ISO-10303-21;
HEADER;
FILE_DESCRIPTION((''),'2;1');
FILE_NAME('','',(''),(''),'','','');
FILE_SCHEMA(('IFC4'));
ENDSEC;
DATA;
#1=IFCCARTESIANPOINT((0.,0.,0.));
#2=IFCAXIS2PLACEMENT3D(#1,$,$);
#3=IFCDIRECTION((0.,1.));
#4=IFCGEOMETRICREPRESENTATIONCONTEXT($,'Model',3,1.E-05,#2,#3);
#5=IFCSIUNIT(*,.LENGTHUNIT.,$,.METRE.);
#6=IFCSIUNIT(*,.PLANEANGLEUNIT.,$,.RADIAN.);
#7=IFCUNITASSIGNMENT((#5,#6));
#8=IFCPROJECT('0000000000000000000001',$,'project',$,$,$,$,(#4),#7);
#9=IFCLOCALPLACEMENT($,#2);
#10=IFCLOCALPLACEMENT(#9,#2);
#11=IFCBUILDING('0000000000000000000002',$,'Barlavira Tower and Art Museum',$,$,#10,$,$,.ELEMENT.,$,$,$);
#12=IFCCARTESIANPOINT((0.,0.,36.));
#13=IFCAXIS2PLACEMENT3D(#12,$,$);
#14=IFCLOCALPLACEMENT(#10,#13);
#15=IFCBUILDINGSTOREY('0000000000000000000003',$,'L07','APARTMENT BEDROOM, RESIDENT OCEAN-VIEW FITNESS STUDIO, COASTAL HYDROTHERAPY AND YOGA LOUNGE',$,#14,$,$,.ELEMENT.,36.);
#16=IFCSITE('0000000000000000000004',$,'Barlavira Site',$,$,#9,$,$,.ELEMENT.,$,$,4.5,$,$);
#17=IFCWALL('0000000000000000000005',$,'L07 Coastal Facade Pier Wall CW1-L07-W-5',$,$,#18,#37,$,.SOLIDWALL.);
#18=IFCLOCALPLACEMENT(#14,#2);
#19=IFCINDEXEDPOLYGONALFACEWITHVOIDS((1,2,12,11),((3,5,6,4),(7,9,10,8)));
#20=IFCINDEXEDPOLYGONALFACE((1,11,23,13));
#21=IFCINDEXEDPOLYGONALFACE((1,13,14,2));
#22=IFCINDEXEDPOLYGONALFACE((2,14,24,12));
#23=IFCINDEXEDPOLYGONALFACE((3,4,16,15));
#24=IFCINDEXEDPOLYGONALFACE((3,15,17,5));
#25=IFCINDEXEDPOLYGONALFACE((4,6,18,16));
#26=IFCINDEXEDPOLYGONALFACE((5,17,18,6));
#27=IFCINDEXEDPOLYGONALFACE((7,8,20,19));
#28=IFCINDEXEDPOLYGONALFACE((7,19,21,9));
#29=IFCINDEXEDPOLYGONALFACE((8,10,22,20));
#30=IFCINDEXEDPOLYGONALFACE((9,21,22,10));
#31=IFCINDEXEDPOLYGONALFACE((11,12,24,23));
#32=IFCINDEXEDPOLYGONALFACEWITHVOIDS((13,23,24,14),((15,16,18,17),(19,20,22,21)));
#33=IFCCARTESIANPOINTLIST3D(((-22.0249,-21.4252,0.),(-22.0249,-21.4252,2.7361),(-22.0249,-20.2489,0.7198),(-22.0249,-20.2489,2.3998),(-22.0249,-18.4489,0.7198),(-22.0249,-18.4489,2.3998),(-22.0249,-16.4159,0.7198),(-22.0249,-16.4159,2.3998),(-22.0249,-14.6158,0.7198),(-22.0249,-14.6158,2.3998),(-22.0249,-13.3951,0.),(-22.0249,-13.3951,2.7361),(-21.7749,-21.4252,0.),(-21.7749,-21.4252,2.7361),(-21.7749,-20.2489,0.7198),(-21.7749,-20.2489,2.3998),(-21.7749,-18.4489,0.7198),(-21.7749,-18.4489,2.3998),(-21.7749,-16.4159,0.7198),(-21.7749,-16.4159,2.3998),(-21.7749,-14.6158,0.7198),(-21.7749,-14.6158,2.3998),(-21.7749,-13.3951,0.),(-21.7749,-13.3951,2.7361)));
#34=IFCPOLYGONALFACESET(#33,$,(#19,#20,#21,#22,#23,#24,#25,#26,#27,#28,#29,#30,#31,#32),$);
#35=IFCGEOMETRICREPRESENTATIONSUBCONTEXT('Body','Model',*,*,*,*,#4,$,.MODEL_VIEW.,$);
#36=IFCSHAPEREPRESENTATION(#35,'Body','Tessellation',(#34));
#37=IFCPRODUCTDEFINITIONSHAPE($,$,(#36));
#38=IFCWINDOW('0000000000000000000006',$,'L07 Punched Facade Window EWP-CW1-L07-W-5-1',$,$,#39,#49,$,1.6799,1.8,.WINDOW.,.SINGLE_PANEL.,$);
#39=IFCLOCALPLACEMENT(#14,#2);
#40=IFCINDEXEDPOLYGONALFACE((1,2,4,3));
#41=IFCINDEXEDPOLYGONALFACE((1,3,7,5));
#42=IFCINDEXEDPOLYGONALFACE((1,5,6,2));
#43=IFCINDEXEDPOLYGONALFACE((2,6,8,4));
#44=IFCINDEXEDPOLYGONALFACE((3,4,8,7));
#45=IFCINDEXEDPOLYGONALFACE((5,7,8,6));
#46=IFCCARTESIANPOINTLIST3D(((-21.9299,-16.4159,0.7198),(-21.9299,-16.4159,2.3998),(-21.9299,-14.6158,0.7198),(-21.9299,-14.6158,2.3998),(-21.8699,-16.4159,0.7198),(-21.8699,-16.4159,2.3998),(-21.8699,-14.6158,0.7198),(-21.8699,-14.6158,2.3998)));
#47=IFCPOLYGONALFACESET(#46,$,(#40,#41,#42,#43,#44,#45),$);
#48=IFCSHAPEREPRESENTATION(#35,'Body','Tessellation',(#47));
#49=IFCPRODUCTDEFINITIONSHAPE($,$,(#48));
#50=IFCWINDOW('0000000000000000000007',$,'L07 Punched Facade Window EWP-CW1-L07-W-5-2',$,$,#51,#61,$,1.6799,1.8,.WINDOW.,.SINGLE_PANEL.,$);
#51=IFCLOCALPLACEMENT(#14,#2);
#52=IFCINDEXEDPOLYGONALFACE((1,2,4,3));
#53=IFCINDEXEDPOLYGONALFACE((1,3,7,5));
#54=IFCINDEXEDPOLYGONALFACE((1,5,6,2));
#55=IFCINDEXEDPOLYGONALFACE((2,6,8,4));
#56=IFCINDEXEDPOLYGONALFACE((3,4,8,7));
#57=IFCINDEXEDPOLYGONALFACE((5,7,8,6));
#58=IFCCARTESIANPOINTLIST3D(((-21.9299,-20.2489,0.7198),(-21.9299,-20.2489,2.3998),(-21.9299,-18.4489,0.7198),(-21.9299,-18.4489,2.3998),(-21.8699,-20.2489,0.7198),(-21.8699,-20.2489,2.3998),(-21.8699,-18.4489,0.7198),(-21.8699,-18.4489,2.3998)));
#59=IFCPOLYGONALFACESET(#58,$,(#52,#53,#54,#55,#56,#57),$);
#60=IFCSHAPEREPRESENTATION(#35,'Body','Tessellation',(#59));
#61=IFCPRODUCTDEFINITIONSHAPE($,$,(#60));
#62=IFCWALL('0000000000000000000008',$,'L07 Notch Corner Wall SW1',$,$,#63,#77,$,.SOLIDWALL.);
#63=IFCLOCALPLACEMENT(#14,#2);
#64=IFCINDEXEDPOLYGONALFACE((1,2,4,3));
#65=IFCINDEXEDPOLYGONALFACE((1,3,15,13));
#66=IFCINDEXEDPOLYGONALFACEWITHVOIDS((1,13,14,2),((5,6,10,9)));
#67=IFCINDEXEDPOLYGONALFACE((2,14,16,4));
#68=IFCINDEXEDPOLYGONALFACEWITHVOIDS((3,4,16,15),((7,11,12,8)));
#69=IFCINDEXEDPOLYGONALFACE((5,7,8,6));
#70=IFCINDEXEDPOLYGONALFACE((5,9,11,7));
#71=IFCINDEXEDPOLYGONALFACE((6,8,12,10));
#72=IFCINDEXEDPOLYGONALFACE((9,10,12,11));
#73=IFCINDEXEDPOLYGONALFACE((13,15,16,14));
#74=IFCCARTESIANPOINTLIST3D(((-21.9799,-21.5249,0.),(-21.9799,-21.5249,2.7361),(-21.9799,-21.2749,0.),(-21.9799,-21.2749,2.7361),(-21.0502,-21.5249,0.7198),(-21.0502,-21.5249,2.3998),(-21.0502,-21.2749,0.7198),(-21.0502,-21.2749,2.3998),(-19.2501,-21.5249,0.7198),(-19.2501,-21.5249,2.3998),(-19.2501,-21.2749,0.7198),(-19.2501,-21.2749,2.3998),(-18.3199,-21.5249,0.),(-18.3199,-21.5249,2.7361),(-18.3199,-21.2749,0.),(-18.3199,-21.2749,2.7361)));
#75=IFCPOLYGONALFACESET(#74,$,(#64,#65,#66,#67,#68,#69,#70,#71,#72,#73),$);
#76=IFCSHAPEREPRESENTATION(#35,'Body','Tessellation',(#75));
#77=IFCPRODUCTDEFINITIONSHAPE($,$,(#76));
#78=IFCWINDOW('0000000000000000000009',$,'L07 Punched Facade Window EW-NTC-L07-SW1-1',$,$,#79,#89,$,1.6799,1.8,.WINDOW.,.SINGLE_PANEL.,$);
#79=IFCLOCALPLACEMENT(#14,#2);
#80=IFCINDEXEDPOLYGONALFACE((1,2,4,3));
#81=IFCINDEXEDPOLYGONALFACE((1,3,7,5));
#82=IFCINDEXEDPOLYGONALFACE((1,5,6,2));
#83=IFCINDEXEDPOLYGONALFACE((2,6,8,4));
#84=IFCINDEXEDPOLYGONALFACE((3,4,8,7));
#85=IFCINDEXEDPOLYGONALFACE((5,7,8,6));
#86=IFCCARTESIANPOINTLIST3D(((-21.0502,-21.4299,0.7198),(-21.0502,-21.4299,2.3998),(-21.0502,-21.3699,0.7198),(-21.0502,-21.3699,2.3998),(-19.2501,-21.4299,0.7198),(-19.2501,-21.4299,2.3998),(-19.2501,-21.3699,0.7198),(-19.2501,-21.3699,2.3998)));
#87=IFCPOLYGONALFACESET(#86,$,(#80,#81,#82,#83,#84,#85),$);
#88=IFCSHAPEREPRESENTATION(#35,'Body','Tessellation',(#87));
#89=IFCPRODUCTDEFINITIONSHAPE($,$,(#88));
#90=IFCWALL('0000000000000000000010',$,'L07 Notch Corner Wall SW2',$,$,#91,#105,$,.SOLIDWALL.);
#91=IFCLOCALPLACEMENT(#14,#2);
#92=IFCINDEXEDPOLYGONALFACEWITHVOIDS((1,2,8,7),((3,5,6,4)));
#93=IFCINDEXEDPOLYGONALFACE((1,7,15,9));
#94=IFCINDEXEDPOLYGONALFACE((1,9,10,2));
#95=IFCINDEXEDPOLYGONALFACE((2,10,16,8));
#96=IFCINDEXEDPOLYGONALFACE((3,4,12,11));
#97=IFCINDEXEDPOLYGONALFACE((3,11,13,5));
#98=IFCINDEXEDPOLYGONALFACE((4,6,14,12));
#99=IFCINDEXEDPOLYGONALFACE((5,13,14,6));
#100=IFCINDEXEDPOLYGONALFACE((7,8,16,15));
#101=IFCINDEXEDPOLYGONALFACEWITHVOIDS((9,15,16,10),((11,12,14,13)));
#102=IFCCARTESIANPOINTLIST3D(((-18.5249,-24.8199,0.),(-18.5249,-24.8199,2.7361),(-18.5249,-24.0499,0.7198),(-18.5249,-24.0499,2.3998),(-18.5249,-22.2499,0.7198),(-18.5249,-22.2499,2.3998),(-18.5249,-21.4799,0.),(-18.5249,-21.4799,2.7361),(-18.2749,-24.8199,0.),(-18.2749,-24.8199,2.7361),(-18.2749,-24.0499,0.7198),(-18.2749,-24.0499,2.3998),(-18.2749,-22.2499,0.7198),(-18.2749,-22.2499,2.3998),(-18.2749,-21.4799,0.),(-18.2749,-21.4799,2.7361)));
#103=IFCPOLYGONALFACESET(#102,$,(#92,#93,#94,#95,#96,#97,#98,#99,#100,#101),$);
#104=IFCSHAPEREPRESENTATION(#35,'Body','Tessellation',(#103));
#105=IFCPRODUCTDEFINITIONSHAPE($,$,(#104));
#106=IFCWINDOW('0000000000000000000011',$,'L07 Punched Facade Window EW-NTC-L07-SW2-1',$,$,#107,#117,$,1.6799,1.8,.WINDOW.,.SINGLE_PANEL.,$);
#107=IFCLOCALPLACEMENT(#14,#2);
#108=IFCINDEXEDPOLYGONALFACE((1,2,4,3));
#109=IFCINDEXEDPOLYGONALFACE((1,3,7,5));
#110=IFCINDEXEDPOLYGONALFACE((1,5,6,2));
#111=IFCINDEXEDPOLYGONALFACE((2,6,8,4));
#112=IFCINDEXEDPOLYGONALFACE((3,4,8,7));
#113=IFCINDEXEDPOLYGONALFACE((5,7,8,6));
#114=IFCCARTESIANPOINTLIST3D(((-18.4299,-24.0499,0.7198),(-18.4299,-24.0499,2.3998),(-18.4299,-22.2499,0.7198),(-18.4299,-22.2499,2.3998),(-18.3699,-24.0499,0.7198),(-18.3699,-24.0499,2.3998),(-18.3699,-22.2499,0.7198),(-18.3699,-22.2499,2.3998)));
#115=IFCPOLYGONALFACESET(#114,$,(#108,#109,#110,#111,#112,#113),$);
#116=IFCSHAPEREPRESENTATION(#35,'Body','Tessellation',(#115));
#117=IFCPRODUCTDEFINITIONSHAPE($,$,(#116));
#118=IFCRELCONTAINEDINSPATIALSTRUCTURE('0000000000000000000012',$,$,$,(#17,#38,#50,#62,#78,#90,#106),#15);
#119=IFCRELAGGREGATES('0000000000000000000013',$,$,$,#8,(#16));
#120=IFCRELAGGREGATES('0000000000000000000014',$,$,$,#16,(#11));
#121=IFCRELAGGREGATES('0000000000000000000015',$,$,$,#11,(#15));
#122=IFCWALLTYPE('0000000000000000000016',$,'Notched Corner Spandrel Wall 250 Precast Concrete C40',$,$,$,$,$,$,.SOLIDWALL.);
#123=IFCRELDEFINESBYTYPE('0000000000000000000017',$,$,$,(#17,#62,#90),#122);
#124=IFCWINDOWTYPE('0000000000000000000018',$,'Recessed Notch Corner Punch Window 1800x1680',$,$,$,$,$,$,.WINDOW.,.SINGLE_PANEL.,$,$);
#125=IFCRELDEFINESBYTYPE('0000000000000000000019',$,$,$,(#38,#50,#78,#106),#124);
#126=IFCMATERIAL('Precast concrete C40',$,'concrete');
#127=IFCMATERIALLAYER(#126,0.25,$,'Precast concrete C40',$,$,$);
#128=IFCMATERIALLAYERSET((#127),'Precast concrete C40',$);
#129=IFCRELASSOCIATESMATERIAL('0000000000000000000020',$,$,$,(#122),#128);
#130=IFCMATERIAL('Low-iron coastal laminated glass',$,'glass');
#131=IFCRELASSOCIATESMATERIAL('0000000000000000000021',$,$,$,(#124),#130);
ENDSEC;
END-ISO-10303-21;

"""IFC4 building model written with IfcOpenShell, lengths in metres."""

from ifc_helpers import new_model, si_unit, direction, frame, frame_2d, origin, place, context, subcontext, project, spatial, rectangle, extrude, material, layer, layer_set, type_object, element, fill, save


model = new_model("IFC4")

# Units and contexts
model_context = context("Model", 3, precision=1e-05, world=origin(), true_north=direction((0.0, 1.0)))
body_context = subcontext(model_context, "Body", "Model", "MODEL_VIEW")
ifc_project = project(units=[si_unit("LENGTHUNIT", "METRE"), si_unit("PLANEANGLEUNIT", "RADIAN")], contexts=[model_context])

# Site, building, storey
site_placement = place(None, origin())
site = spatial("IfcSite", under=ifc_project, at=site_placement, Name="Barlavira Site", CompositionType="ELEMENT", RefElevation=4.5)
building_placement = place(site_placement, origin())
building = spatial("IfcBuilding", under=site, at=building_placement, Name="Barlavira Tower and Art Museum", CompositionType="ELEMENT")
storey_placement = place(building_placement, frame((0.0, 0.0, 36.0)))
storey = spatial("IfcBuildingStorey", under=building, at=storey_placement, Name="L07", Description="APARTMENT BEDROOM, RESIDENT OCEAN-VIEW FITNESS STUDIO, COASTAL HYDROTHERAPY AND YOGA LOUNGE", CompositionType="ELEMENT", Elevation=36.0)

# Wall, openings, windows
ifc_material_1 = material(Name="Precast concrete C40", Category="concrete")
ifc_layer_1 = layer(ifc_material_1, 0.25, Name="Precast concrete C40")
ifc_layer_set_1 = layer_set([ifc_layer_1], Name="Precast concrete C40")
wall_type_1 = type_object("IfcWallType", Name="Notched Corner Spandrel Wall 250 Precast Concrete C40", PredefinedType="SOLIDWALL", material=ifc_layer_set_1)
ifc_material_2 = material(Name="Low-iron coastal laminated glass", Category="glass")
window_type_1 = type_object("IfcWindowType", Name="Recessed Notch Corner Punch Window 1800x1680", PartitioningType="SINGLE_PANEL", PredefinedType="WINDOW", material=ifc_material_2)
wall_1_placement = place(storey_placement, frame((-21.8999, -13.395, 0.0), z_axis=(0.0, 0.0, 1.0), x_axis=(0.0, -1.0, 0.0)))
wall_1 = element("IfcWall", 1, at=wall_1_placement, inside=storey, type_object=wall_type_1, Name="L07 Coastal Facade Pier Wall CW1-L07-W-5", PredefinedType="SOLIDWALL", context=body_context, shape_type="SweptSolid", body=[
    extrude(rectangle(XDim=8.03, YDim=0.25, at=frame_2d((4.0151, 0.0))), origin(), (0.0, 0.0, 1.0), 2.7361),
])
opening_1_placement = place(wall_1_placement, frame((1.2209, 0.0, 0.72)))
opening_1 = element("IfcOpeningElement", 2, at=opening_1_placement, cuts=wall_1, PredefinedType="OPENING", context=body_context, shape_type="SweptSolid", body=[
    extrude(rectangle(XDim=1.8, YDim=1.6799, at=frame_2d((0.8999, 0.8398))), frame((0.0, 0.135, 0.0), z_axis=(0.0, -1.0, 0.0), x_axis=(1.0, 0.0, 0.0)), (0.0, 0.0, 1.0), 0.27),
])
opening_2_placement = place(wall_1_placement, frame((5.054, 0.0, 0.72)))
opening_2 = element("IfcOpeningElement", 3, at=opening_2_placement, cuts=wall_1, PredefinedType="OPENING", context=body_context, shape_type="SweptSolid", body=[
    extrude(rectangle(XDim=1.8, YDim=1.6799, at=frame_2d((0.8999, 0.8398))), frame((0.0, 0.135, 0.0), z_axis=(0.0, -1.0, 0.0), x_axis=(1.0, 0.0, 0.0)), (0.0, 0.0, 1.0), 0.27),
])
window_1_placement = place(opening_1_placement, origin())
window_1 = element("IfcWindow", 4, at=window_1_placement, inside=storey, type_object=window_type_1, Name="L07 Punched Facade Window EWP-CW1-L07-W-5-1", OverallHeight=1.6799, OverallWidth=1.8, PartitioningType="SINGLE_PANEL", PredefinedType="WINDOW", context=body_context, shape_type="SweptSolid", body=[
    extrude(rectangle(XDim=1.8, YDim=1.6799, at=frame_2d((0.8999, 0.8398))), frame((0.0, 0.03, 0.0), z_axis=(0.0, -1.0, 0.0), x_axis=(1.0, 0.0, 0.0)), (0.0, 0.0, 1.0), 0.0601),
])
fill(opening_1, window_1)
window_2_placement = place(opening_2_placement, origin())
window_2 = element("IfcWindow", 5, at=window_2_placement, inside=storey, type_object=window_type_1, Name="L07 Punched Facade Window EWP-CW1-L07-W-5-2", OverallHeight=1.6799, OverallWidth=1.8, PartitioningType="SINGLE_PANEL", PredefinedType="WINDOW", context=body_context, shape_type="SweptSolid", body=[
    extrude(rectangle(XDim=1.8, YDim=1.6799, at=frame_2d((0.8999, 0.8398))), frame((0.0, 0.03, 0.0), z_axis=(0.0, -1.0, 0.0), x_axis=(1.0, 0.0, 0.0)), (0.0, 0.0, 1.0), 0.0601),
])
fill(opening_2, window_2)

# Walls, openings, windows
wall_2_placement = place(storey_placement, frame((-21.98, -21.3999, 0.0), z_axis=(0.0, 0.0, 1.0), x_axis=(1.0, 0.0, 0.0)))
wall_2 = element("IfcWall", 6, at=wall_2_placement, inside=storey, type_object=wall_type_1, Name="L07 Notch Corner Wall SW1", PredefinedType="SOLIDWALL", context=body_context, shape_type="SweptSolid", body=[
    extrude(rectangle(XDim=3.6599, YDim=0.25, at=frame_2d((1.8301, 0.0))), origin(), (0.0, 0.0, 1.0), 2.7361),
])
opening_3_placement = place(wall_2_placement, frame((0.9299, 0.0, 0.72)))
opening_3 = element("IfcOpeningElement", 7, at=opening_3_placement, cuts=wall_2, PredefinedType="OPENING", context=body_context, shape_type="SweptSolid", body=[
    extrude(rectangle(XDim=1.8, YDim=1.6799, at=frame_2d((0.8999, 0.8398))), frame((0.0, 0.135, 0.0), z_axis=(0.0, -1.0, 0.0), x_axis=(1.0, 0.0, 0.0)), (0.0, 0.0, 1.0), 0.27),
])
window_3_placement = place(opening_3_placement, origin())
window_3 = element("IfcWindow", 8, at=window_3_placement, inside=storey, type_object=window_type_1, Name="L07 Punched Facade Window EW-NTC-L07-SW1-1", OverallHeight=1.6799, OverallWidth=1.8, PartitioningType="SINGLE_PANEL", PredefinedType="WINDOW", context=body_context, shape_type="SweptSolid", body=[
    extrude(rectangle(XDim=1.8, YDim=1.6799, at=frame_2d((0.8999, 0.8398))), frame((0.0, 0.03, 0.0), z_axis=(0.0, -1.0, 0.0), x_axis=(1.0, 0.0, 0.0)), (0.0, 0.0, 1.0), 0.0601),
])
fill(opening_3, window_3)
wall_3_placement = place(storey_placement, frame((-18.3999, -21.48, 0.0), z_axis=(0.0, 0.0, 1.0), x_axis=(0.0, -1.0, 0.0)))
wall_3 = element("IfcWall", 9, at=wall_3_placement, inside=storey, type_object=wall_type_1, Name="L07 Notch Corner Wall SW2", PredefinedType="SOLIDWALL", context=body_context, shape_type="SweptSolid", body=[
    extrude(rectangle(XDim=3.3401, YDim=0.25, at=frame_2d((1.6699, 0.0))), origin(), (0.0, 0.0, 1.0), 2.7361),
])
opening_4_placement = place(wall_3_placement, frame((0.77, 0.0, 0.72)))
opening_4 = element("IfcOpeningElement", 10, at=opening_4_placement, cuts=wall_3, PredefinedType="OPENING", context=body_context, shape_type="SweptSolid", body=[
    extrude(rectangle(XDim=1.8, YDim=1.6799, at=frame_2d((0.8999, 0.8398))), frame((0.0, 0.135, 0.0), z_axis=(0.0, -1.0, 0.0), x_axis=(1.0, 0.0, 0.0)), (0.0, 0.0, 1.0), 0.27),
])
window_4_placement = place(opening_4_placement, origin())
window_4 = element("IfcWindow", 11, at=window_4_placement, inside=storey, type_object=window_type_1, Name="L07 Punched Facade Window EW-NTC-L07-SW2-1", OverallHeight=1.6799, OverallWidth=1.8, PartitioningType="SINGLE_PANEL", PredefinedType="WINDOW", context=body_context, shape_type="SweptSolid", body=[
    extrude(rectangle(XDim=1.8, YDim=1.6799, at=frame_2d((0.8999, 0.8398))), frame((0.0, 0.03, 0.0), z_axis=(0.0, -1.0, 0.0), x_axis=(1.0, 0.0, 0.0)), (0.0, 0.0, 1.0), 0.0601),
])
fill(opening_4, window_4)

save(model, "model.ifc")
